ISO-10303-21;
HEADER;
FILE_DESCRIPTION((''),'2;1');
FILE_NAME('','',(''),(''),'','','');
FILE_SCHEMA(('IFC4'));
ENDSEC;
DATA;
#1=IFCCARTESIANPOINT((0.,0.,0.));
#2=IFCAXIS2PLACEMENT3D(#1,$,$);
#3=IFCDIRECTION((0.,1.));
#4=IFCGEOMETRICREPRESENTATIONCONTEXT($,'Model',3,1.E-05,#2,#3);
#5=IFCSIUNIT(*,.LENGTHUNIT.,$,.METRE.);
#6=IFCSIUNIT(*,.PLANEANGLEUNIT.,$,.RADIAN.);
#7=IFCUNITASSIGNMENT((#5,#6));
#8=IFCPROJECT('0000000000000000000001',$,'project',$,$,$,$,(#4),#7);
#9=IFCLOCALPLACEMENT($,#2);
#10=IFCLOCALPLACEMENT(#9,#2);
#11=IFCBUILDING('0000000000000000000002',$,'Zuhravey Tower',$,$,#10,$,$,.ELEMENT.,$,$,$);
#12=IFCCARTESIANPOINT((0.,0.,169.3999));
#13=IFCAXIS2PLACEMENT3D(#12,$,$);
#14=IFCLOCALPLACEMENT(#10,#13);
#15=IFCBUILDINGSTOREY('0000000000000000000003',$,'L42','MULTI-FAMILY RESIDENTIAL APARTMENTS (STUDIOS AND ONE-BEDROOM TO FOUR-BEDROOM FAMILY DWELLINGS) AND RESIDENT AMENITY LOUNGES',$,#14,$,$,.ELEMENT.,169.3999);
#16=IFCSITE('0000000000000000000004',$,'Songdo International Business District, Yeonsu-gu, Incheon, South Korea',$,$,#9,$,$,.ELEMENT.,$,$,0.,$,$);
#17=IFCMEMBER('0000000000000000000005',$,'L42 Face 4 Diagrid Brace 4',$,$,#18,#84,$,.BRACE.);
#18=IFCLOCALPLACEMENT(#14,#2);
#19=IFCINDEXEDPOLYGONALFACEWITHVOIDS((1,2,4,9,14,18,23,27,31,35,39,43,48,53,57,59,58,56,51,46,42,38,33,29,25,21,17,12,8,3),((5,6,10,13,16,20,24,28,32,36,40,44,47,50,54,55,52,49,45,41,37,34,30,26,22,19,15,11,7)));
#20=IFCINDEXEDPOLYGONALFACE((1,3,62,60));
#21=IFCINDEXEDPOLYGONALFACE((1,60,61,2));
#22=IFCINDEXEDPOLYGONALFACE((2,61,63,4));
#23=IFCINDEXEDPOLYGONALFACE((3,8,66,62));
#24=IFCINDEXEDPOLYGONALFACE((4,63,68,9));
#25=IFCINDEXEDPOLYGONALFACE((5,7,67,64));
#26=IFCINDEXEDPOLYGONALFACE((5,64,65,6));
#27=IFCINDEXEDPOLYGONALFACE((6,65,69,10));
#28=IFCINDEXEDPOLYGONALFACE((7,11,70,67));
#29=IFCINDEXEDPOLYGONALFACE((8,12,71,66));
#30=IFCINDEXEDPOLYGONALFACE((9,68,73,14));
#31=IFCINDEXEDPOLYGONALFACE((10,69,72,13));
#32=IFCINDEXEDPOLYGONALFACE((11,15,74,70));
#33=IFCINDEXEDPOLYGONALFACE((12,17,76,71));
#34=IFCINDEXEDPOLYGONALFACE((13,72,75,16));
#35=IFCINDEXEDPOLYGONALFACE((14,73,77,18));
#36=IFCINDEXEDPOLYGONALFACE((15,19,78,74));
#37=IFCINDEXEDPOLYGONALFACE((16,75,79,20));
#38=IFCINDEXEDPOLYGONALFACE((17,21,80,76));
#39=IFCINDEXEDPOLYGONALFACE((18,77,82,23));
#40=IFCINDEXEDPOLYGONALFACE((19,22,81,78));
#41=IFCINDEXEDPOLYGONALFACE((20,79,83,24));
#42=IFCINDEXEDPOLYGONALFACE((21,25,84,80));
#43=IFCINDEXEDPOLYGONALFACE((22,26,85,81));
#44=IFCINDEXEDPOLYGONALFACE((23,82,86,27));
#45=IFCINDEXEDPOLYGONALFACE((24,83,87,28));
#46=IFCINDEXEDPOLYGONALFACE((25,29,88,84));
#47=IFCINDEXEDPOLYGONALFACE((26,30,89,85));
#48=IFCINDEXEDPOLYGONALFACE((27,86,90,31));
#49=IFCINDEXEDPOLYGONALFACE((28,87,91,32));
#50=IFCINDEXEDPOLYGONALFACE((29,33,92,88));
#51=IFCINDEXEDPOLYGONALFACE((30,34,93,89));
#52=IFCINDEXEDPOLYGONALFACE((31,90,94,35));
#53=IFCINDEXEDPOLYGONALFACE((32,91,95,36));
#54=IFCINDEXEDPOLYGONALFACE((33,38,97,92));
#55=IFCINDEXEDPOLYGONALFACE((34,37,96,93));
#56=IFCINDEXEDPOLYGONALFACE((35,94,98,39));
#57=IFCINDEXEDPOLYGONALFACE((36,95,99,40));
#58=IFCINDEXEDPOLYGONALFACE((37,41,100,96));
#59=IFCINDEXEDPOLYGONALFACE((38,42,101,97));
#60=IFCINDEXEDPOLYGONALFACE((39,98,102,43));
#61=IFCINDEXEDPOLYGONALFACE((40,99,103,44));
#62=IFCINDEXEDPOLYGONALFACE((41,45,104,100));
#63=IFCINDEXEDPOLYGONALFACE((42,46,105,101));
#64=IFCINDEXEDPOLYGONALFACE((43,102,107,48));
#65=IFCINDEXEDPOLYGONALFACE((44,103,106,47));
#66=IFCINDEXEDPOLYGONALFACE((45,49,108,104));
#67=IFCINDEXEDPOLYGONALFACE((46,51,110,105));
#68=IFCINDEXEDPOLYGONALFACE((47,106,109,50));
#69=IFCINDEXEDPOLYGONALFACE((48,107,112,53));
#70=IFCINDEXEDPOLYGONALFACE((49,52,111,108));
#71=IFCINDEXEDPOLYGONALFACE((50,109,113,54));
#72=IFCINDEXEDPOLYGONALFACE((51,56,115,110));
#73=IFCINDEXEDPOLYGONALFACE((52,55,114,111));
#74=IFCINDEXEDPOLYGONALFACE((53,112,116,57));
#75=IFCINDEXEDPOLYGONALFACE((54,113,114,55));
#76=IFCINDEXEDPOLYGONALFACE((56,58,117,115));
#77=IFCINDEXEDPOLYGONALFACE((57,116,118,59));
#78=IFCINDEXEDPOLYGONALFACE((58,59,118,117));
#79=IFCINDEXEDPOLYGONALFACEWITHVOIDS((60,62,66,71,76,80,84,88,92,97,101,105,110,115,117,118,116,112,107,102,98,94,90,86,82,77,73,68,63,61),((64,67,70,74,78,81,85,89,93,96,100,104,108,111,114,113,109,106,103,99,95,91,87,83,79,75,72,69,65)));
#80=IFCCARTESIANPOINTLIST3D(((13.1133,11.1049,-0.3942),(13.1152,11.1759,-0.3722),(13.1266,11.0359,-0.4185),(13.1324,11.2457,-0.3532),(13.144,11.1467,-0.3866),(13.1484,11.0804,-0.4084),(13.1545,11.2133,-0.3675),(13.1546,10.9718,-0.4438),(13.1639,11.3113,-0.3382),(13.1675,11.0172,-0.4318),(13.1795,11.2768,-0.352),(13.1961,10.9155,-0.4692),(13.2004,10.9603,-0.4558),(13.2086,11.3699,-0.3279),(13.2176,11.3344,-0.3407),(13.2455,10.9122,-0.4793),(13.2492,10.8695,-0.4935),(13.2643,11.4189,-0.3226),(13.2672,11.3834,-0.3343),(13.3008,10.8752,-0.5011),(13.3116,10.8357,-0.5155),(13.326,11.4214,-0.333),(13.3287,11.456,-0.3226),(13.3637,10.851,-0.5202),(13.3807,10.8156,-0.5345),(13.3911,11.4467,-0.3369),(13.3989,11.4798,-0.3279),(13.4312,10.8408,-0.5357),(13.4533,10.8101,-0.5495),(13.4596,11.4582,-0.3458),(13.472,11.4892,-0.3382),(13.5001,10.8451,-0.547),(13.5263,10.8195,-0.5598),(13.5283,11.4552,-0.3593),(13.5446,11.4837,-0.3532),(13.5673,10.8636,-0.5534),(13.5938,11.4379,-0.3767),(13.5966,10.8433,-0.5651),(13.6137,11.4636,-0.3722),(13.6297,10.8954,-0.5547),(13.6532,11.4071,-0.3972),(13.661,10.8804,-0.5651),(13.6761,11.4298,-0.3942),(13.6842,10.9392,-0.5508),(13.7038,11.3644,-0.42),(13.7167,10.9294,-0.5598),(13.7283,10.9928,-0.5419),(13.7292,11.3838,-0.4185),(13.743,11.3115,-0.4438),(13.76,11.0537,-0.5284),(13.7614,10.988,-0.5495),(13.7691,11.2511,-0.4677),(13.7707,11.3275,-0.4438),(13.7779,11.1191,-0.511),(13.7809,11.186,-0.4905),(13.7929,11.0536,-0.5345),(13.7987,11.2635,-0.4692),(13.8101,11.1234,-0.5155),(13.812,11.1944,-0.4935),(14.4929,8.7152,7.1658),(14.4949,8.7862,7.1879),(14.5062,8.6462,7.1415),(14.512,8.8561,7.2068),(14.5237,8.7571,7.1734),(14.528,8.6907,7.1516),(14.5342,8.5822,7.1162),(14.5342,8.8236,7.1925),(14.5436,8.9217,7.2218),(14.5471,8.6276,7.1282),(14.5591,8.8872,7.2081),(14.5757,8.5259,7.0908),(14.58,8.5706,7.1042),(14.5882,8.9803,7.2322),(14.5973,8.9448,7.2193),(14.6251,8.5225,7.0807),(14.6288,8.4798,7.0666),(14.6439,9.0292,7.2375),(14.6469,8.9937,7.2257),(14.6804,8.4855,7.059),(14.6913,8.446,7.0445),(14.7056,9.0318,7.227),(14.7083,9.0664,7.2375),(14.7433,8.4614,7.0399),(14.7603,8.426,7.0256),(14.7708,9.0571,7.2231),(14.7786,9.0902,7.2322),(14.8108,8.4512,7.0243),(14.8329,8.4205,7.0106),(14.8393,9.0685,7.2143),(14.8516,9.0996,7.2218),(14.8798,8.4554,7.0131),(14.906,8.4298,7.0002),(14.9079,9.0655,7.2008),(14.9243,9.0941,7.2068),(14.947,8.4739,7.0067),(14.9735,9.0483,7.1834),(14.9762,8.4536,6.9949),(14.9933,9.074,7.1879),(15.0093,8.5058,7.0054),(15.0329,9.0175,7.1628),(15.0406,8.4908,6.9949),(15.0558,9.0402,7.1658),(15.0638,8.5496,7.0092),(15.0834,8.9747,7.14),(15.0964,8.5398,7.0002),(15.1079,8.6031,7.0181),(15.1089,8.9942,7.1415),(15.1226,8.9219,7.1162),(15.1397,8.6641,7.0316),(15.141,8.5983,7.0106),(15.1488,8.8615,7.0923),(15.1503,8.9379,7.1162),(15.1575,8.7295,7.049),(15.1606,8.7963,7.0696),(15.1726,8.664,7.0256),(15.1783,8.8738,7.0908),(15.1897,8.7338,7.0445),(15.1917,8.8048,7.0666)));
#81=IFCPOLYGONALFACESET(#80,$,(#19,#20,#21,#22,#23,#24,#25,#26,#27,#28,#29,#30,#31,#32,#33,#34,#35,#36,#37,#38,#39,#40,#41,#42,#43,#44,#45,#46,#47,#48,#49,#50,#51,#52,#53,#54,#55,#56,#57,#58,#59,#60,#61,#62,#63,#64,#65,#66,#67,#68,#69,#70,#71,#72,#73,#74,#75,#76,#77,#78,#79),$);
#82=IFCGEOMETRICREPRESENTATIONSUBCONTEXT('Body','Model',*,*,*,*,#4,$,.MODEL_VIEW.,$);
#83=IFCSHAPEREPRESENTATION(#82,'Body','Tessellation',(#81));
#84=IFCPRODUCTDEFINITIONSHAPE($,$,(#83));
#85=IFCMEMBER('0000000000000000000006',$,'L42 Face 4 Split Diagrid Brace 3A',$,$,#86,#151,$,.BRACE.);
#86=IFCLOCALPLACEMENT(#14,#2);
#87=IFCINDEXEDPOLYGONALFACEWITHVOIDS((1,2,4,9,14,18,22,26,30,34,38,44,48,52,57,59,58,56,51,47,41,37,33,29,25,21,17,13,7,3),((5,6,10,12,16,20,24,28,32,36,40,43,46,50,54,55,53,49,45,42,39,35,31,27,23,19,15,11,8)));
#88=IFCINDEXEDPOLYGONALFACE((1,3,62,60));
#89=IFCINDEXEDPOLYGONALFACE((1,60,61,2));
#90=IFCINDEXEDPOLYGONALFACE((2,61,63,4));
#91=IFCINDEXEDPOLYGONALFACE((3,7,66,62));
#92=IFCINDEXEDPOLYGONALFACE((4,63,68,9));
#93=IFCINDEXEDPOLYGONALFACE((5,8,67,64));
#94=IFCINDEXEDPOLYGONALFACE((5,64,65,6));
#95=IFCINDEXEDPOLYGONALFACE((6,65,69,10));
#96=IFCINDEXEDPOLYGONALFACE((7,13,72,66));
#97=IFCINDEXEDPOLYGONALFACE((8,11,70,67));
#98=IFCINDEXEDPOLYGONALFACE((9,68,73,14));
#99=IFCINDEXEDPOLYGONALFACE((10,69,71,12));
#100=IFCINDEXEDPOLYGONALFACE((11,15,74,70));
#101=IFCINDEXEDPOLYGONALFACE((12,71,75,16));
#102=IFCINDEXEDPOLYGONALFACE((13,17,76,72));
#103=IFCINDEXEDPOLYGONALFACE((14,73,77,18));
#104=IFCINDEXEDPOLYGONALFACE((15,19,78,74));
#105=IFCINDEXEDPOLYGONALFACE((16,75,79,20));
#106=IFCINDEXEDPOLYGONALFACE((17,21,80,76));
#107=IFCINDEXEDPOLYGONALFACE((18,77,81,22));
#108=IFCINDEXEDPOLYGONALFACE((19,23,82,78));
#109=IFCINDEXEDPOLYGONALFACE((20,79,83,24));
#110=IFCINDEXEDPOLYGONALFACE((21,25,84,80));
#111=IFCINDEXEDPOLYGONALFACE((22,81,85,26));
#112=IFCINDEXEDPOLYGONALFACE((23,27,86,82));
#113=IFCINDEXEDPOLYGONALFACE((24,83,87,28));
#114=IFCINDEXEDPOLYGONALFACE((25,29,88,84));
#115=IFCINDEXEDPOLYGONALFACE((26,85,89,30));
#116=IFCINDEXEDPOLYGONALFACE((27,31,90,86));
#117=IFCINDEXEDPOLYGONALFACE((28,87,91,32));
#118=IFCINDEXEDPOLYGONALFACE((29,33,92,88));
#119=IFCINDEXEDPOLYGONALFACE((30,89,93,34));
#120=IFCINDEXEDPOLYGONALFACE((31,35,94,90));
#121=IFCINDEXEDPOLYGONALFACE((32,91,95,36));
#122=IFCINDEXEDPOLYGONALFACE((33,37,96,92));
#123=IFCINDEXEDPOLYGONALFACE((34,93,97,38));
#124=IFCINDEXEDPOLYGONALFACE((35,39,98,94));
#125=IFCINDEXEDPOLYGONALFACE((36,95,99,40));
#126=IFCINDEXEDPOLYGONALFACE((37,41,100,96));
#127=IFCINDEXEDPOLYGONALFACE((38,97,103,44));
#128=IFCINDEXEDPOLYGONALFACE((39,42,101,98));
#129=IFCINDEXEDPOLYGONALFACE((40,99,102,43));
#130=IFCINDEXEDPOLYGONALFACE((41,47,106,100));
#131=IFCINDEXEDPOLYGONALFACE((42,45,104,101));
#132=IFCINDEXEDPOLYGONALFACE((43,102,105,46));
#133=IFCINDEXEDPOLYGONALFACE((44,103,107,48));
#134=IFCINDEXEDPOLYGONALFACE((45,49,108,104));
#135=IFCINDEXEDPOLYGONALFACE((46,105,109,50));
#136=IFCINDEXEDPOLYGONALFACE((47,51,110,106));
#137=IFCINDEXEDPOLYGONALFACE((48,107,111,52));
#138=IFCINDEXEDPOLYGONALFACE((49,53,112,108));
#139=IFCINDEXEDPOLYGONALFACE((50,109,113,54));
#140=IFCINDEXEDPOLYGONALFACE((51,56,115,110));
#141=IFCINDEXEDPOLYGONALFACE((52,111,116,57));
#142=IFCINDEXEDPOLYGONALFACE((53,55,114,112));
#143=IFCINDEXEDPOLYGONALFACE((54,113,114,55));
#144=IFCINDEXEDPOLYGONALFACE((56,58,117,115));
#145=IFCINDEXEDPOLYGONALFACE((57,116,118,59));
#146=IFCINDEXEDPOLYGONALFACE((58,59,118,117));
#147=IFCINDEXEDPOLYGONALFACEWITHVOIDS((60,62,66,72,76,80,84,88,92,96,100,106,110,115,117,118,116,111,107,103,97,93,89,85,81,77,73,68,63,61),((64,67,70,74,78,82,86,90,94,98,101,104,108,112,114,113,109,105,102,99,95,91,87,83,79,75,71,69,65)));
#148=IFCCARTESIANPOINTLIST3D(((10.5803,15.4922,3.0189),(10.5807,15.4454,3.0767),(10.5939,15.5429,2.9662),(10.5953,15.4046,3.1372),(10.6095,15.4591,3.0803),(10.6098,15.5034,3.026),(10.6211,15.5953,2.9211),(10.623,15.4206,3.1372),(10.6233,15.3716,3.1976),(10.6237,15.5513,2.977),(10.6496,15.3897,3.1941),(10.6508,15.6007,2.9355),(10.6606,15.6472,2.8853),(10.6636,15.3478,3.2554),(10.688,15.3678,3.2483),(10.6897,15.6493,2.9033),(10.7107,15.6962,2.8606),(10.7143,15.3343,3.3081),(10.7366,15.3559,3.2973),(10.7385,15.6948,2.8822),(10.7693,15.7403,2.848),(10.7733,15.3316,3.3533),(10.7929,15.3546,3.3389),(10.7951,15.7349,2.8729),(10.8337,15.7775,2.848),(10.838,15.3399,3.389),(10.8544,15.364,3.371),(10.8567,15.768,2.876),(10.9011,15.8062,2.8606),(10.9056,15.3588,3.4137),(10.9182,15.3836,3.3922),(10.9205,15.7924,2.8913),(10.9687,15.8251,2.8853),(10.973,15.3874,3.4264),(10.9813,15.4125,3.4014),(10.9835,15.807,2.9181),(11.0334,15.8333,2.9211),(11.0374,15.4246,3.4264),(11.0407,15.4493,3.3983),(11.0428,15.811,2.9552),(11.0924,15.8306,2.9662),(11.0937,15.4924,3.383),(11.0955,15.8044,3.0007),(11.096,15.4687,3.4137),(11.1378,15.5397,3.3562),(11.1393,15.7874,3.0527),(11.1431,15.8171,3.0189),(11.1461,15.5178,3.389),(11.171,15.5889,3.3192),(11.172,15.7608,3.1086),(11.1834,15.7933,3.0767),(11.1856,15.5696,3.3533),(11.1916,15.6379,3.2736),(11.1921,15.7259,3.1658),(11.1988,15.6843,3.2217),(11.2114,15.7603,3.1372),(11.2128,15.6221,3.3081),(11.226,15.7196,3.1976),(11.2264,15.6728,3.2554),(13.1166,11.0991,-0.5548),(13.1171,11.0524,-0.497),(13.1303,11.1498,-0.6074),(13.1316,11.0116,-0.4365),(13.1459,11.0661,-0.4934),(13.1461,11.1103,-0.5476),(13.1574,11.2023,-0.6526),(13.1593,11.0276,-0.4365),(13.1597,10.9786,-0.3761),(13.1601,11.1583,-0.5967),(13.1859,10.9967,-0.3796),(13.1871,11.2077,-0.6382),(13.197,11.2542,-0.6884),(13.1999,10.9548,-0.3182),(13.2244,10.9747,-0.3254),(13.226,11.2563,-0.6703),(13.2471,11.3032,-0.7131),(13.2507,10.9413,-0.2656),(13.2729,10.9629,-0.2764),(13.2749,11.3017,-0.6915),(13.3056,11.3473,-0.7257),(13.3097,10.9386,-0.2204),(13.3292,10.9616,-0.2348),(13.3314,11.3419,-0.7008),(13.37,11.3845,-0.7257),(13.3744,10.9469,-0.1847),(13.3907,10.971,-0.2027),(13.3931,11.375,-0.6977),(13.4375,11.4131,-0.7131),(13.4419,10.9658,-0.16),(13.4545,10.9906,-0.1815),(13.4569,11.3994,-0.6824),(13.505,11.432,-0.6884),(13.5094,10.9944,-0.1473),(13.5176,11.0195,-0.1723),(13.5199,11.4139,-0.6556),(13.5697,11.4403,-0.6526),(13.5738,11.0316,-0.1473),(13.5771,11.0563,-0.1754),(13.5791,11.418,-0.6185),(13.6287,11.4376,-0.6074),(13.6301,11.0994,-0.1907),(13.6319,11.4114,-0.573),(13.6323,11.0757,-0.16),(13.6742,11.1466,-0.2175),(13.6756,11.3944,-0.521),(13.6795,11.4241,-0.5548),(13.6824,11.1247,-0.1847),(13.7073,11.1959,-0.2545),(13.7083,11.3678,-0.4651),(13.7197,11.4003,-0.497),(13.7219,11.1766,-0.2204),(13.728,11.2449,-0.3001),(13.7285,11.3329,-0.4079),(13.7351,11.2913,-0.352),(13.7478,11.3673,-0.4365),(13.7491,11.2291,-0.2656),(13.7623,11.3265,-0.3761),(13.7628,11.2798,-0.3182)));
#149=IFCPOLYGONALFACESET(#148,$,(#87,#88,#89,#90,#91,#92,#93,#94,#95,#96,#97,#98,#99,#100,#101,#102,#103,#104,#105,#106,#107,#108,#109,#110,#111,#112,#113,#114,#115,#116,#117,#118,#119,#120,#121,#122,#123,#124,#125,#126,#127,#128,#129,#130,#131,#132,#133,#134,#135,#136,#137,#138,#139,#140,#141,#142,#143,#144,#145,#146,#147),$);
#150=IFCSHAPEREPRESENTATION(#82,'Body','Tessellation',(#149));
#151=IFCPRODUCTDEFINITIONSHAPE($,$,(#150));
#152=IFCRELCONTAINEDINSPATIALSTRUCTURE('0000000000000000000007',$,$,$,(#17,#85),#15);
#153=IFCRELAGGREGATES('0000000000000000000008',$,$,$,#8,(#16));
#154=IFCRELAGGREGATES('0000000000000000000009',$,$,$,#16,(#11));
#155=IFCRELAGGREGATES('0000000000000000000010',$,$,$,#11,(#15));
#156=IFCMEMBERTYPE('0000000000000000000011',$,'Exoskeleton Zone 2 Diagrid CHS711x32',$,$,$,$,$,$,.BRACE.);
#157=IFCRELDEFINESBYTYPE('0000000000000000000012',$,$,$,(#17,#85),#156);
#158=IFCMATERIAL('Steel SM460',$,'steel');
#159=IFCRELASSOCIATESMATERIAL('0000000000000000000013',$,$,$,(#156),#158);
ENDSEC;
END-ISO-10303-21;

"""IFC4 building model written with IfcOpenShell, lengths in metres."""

from ifc_helpers import new_model, si_unit, direction, frame, origin, origin_2d, place, context, subcontext, project, spatial, hollow_circle, extrude, material, material_profile, profile_set, type_object, element, save


model = new_model("IFC4")

# Units and contexts
model_context = context("Model", 3, precision=1e-05, world=origin(), true_north=direction((0.0, 1.0)))
body_context = subcontext(model_context, "Body", "Model", "MODEL_VIEW")
ifc_project = project(units=[si_unit("LENGTHUNIT", "METRE"), si_unit("PLANEANGLEUNIT", "RADIAN")], contexts=[model_context])

# Site, building, storey
site_placement = place(None, origin())
site = spatial("IfcSite", under=ifc_project, at=site_placement, Name="Songdo International Business District, Yeonsu-gu, Incheon, South Korea", CompositionType="ELEMENT", RefElevation=0.0)
building_placement = place(site_placement, origin())
building = spatial("IfcBuilding", under=site, at=building_placement, Name="Zuhravey Tower", CompositionType="ELEMENT")
storey_placement = place(building_placement, frame((0.0, 0.0, 169.3999)))
storey = spatial("IfcBuildingStorey", under=building, at=storey_placement, Name="L42", Description="MULTI-FAMILY RESIDENTIAL APARTMENTS (STUDIOS AND ONE-BEDROOM TO FOUR-BEDROOM FAMILY DWELLINGS) AND RESIDENT AMENITY LOUNGES", CompositionType="ELEMENT", Elevation=169.3999)

# Members
ifc_material_1 = material(Name="Steel SM460", Category="steel")
ifc_material_profile_1 = material_profile(ifc_material_1, hollow_circle(Radius=0.3557, WallThickness=0.032, at=origin_2d()), Name="CHS-711.2x32")
ifc_profile_set_1 = profile_set([ifc_material_profile_1], Name="Steel SM460")
member_type_1 = type_object("IfcMemberType", Name="Exoskeleton Zone 2 Diagrid CHS711x32", PredefinedType="BRACE", material=ifc_profile_set_1)
member_1_placement = place(storey_placement, frame((13.4626, 11.1497, -0.4438), z_axis=(0.171429, -0.296929, 0.939386), x_axis=(0.866029, 0.499993, 0.0)))
element("IfcMember", 1, at=member_1_placement, inside=storey, type_object=member_type_1, Name="L42 Face 4 Diagrid Brace 4", PredefinedType="BRACE", context=body_context, shape_type="SweptSolid", body=[
    extrude(hollow_circle(Radius=0.3557, WallThickness=0.032, at=origin_2d()), origin(), (0.0, 0.0, 1.0), 8.0479),
])
member_2_placement = place(storey_placement, frame((13.4397, 11.1895, -0.4365), z_axis=(-0.408754, 0.707972, 0.57593), x_axis=(-0.866022, -0.500006, 0.0)))
element("IfcMember", 2, at=member_2_placement, inside=storey, type_object=member_type_1, Name="L42 Face 4 Split Diagrid Brace 3A", PredefinedType="BRACE", context=body_context, shape_type="SweptSolid", body=[
    extrude(hollow_circle(Radius=0.3557, WallThickness=0.032, at=origin_2d()), origin(), (0.0, 0.0, 1.0), 6.2051),
])

save(model, "model.ifc")
